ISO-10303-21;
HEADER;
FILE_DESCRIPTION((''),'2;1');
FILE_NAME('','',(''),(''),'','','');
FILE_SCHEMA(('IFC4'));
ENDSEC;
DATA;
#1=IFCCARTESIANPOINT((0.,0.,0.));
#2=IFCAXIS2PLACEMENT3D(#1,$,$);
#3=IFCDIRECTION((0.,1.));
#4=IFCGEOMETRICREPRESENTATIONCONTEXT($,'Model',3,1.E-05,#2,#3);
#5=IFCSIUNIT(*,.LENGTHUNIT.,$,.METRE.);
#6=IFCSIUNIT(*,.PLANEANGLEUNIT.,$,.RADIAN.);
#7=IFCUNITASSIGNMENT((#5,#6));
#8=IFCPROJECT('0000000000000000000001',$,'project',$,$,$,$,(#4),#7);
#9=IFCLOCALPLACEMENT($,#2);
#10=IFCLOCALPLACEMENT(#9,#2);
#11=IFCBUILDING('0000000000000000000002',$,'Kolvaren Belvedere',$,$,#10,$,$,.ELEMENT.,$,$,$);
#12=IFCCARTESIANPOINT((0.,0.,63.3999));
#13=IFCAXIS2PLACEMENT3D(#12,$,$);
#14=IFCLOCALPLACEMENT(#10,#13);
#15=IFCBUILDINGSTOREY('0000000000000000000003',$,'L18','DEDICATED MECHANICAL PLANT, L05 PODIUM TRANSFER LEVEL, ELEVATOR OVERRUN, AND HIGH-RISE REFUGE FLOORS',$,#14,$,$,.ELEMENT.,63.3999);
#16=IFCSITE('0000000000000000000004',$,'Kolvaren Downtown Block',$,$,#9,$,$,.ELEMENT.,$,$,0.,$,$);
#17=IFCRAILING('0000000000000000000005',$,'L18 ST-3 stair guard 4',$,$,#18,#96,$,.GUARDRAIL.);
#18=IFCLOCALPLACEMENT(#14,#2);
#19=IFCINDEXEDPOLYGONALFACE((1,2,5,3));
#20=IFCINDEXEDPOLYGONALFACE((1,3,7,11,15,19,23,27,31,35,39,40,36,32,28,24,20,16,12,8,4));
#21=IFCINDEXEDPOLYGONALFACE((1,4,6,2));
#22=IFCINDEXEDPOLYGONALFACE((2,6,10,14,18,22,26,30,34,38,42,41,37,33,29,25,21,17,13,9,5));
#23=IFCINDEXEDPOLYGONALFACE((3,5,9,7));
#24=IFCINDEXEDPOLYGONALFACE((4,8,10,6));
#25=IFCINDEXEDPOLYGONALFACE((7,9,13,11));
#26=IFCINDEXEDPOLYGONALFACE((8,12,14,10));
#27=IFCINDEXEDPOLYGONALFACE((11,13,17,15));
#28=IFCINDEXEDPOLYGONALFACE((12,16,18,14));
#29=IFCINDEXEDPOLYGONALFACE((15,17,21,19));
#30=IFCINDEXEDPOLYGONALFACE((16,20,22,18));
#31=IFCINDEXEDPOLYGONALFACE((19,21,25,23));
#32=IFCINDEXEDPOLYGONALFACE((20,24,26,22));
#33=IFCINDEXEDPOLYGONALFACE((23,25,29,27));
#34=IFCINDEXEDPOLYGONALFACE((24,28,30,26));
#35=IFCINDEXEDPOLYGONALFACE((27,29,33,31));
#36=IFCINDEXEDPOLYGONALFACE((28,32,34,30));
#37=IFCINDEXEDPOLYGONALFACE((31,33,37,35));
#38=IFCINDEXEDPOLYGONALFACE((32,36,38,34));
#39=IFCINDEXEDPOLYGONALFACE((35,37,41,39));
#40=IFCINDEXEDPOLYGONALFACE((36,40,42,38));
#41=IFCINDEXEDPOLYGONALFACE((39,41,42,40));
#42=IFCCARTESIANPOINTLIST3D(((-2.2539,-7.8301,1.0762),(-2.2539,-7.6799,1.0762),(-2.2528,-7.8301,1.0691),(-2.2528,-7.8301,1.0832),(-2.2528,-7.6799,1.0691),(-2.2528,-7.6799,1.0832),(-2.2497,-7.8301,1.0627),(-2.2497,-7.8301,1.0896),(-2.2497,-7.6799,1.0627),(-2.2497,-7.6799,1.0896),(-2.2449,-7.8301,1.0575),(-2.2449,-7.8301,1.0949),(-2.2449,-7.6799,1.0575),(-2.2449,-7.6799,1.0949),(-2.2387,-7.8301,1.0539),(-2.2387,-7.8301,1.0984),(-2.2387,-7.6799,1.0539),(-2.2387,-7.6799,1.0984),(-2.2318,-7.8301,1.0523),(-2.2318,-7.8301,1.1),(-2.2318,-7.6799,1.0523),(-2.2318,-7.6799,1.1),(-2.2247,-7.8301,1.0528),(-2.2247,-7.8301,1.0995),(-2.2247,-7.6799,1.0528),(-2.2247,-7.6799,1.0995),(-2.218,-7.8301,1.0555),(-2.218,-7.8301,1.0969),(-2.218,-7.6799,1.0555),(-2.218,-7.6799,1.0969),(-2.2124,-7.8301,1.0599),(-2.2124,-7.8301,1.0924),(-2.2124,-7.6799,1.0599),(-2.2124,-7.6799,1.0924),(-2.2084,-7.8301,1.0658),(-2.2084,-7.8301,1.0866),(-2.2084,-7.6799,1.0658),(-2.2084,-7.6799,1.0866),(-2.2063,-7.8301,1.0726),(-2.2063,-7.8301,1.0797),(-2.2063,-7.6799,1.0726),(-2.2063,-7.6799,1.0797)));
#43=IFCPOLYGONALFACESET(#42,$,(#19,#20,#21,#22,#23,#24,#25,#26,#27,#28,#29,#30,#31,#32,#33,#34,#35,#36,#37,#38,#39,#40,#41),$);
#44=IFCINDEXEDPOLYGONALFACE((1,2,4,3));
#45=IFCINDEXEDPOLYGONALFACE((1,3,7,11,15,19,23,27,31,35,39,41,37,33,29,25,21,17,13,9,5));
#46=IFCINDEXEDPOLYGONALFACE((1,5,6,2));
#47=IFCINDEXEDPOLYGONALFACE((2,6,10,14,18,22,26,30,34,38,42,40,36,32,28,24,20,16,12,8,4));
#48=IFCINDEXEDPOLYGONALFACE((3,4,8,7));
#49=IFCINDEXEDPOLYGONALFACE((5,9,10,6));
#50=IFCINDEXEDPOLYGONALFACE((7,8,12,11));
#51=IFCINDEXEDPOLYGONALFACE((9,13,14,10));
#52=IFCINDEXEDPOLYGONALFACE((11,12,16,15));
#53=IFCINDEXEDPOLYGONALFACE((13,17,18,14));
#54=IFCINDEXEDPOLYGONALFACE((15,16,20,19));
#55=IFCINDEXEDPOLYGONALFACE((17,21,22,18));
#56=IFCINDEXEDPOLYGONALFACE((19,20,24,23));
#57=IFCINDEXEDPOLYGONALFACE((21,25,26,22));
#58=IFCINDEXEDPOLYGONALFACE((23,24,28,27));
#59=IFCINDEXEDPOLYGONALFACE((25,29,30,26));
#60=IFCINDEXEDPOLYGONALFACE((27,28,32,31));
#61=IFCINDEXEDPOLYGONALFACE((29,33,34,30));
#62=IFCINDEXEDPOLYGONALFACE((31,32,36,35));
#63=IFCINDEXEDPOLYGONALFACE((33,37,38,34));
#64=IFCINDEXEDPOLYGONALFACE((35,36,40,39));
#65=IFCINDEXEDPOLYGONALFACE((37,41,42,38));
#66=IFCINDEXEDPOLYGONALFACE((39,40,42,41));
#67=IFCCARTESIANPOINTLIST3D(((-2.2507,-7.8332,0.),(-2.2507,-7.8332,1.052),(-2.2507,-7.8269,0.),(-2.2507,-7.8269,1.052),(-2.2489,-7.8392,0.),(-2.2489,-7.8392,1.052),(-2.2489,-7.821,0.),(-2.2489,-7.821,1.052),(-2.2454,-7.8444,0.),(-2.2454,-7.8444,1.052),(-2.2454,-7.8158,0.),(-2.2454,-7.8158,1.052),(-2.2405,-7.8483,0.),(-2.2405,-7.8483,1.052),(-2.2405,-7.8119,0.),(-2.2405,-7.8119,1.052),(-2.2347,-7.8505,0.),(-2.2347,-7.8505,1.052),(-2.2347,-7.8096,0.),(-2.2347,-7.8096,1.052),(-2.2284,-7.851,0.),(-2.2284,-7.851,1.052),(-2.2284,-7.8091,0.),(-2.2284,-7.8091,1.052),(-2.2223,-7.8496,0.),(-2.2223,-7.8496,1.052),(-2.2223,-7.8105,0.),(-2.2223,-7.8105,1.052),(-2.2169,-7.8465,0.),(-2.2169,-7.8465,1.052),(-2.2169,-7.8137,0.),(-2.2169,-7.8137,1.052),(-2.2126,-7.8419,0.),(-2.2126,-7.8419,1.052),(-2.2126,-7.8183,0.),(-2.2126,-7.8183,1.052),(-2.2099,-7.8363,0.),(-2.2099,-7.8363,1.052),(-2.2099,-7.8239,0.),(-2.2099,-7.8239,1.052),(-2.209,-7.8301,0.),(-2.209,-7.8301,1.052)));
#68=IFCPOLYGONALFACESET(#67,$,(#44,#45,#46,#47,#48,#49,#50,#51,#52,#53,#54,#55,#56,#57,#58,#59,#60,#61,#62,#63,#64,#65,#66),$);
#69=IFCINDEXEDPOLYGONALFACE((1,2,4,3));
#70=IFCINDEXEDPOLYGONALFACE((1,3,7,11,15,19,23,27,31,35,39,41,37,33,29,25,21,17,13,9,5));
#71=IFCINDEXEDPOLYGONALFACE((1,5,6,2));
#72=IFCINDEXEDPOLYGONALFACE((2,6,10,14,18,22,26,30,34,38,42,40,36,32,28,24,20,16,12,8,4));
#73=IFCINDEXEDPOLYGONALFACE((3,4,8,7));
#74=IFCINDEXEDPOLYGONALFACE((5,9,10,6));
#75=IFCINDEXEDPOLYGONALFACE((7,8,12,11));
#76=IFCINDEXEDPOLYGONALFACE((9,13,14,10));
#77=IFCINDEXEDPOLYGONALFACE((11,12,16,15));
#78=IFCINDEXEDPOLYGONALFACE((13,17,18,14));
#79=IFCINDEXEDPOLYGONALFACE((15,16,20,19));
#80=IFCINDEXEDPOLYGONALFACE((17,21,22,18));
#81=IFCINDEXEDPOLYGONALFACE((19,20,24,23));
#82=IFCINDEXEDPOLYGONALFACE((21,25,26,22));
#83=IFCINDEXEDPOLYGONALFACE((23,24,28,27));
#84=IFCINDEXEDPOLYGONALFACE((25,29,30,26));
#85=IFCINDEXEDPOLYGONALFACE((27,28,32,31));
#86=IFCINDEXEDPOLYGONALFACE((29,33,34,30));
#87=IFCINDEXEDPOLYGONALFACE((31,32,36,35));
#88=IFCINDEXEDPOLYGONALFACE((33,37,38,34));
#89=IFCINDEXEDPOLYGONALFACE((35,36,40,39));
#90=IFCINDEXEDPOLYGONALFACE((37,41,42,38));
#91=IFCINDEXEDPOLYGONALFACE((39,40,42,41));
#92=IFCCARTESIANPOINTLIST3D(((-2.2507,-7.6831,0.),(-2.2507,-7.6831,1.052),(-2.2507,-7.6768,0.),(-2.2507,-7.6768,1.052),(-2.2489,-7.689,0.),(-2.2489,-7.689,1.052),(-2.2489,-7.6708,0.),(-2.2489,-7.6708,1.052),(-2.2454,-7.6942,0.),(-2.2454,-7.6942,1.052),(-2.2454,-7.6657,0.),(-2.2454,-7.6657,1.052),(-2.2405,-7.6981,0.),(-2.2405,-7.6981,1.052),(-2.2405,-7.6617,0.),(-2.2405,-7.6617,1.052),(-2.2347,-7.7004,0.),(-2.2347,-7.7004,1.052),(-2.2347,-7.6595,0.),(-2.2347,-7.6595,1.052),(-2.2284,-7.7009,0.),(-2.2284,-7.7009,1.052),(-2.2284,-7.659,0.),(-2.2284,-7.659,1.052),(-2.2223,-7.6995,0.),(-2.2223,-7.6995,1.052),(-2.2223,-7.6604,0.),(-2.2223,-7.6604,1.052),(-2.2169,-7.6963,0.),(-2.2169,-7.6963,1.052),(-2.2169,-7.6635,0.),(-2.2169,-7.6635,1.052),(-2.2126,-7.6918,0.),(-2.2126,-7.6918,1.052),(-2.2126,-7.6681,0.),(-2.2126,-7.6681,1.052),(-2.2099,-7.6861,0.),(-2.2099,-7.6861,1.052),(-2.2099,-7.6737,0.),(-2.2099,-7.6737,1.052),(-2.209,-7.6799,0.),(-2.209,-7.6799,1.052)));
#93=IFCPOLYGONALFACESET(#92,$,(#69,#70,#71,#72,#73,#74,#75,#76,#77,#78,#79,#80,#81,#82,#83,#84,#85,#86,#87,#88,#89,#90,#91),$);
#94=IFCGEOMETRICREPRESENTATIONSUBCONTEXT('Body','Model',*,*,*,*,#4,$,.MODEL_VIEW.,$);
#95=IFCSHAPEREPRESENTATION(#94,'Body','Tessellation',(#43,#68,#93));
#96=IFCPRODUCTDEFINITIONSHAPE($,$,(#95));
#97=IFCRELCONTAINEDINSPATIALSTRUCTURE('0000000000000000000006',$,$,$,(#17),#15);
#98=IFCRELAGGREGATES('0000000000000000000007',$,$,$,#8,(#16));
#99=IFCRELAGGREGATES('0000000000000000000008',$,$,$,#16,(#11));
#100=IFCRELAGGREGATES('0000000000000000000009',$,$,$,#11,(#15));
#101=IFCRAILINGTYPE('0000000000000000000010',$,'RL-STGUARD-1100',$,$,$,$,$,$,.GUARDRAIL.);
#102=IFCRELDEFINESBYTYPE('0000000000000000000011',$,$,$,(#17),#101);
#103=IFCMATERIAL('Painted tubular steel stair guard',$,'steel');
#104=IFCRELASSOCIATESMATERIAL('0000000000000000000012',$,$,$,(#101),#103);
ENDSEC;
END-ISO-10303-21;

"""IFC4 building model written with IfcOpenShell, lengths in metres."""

from ifc_helpers import new_model, si_unit, direction, frame, origin, origin_2d, place, context, subcontext, project, spatial, circle, extrude, material, type_object, element, save


model = new_model("IFC4")

# Units and contexts
model_context = context("Model", 3, precision=1e-05, world=origin(), true_north=direction((0.0, 1.0)))
body_context = subcontext(model_context, "Body", "Model", "MODEL_VIEW")
ifc_project = project(units=[si_unit("LENGTHUNIT", "METRE"), si_unit("PLANEANGLEUNIT", "RADIAN")], contexts=[model_context])

# Site, building, storey
site_placement = place(None, origin())
site = spatial("IfcSite", under=ifc_project, at=site_placement, Name="Kolvaren Downtown Block", CompositionType="ELEMENT", RefElevation=0.0)
building_placement = place(site_placement, origin())
building = spatial("IfcBuilding", under=site, at=building_placement, Name="Kolvaren Belvedere", CompositionType="ELEMENT")
storey_placement = place(building_placement, frame((0.0, 0.0, 63.3999)))
storey = spatial("IfcBuildingStorey", under=building, at=storey_placement, Name="L18", Description="DEDICATED MECHANICAL PLANT, L05 PODIUM TRANSFER LEVEL, ELEVATOR OVERRUN, AND HIGH-RISE REFUGE FLOORS", CompositionType="ELEMENT", Elevation=63.3999)

# Railing
ifc_material_1 = material(Name="Painted tubular steel stair guard", Category="steel")
railing_type_1 = type_object("IfcRailingType", Name="RL-STGUARD-1100", PredefinedType="GUARDRAIL", material=ifc_material_1)
railing_1_placement = place(storey_placement, frame((-2.23, -7.8301, 0.0)))
element("IfcRailing", 1, at=railing_1_placement, inside=storey, type_object=railing_type_1, Name="L18 ST-3 stair guard 4", PredefinedType="GUARDRAIL", context=body_context, shape_type="SweptSolid", body=[
    extrude(circle(Radius=0.0239, at=origin_2d()), frame((0.0, 0.0, 1.0762), z_axis=(0.0, 1.0, 0.0), x_axis=(-1.0, 0.0, 0.0)), (0.0, 0.0, 1.0), 0.1501),
    extrude(circle(Radius=0.021, at=origin_2d()), origin(), (0.0, 0.0, 1.0), 1.052),
    extrude(circle(Radius=0.021, at=origin_2d()), frame((0.0, 0.1501, 0.0)), (0.0, 0.0, 1.0), 1.052),
])

save(model, "model.ifc")
